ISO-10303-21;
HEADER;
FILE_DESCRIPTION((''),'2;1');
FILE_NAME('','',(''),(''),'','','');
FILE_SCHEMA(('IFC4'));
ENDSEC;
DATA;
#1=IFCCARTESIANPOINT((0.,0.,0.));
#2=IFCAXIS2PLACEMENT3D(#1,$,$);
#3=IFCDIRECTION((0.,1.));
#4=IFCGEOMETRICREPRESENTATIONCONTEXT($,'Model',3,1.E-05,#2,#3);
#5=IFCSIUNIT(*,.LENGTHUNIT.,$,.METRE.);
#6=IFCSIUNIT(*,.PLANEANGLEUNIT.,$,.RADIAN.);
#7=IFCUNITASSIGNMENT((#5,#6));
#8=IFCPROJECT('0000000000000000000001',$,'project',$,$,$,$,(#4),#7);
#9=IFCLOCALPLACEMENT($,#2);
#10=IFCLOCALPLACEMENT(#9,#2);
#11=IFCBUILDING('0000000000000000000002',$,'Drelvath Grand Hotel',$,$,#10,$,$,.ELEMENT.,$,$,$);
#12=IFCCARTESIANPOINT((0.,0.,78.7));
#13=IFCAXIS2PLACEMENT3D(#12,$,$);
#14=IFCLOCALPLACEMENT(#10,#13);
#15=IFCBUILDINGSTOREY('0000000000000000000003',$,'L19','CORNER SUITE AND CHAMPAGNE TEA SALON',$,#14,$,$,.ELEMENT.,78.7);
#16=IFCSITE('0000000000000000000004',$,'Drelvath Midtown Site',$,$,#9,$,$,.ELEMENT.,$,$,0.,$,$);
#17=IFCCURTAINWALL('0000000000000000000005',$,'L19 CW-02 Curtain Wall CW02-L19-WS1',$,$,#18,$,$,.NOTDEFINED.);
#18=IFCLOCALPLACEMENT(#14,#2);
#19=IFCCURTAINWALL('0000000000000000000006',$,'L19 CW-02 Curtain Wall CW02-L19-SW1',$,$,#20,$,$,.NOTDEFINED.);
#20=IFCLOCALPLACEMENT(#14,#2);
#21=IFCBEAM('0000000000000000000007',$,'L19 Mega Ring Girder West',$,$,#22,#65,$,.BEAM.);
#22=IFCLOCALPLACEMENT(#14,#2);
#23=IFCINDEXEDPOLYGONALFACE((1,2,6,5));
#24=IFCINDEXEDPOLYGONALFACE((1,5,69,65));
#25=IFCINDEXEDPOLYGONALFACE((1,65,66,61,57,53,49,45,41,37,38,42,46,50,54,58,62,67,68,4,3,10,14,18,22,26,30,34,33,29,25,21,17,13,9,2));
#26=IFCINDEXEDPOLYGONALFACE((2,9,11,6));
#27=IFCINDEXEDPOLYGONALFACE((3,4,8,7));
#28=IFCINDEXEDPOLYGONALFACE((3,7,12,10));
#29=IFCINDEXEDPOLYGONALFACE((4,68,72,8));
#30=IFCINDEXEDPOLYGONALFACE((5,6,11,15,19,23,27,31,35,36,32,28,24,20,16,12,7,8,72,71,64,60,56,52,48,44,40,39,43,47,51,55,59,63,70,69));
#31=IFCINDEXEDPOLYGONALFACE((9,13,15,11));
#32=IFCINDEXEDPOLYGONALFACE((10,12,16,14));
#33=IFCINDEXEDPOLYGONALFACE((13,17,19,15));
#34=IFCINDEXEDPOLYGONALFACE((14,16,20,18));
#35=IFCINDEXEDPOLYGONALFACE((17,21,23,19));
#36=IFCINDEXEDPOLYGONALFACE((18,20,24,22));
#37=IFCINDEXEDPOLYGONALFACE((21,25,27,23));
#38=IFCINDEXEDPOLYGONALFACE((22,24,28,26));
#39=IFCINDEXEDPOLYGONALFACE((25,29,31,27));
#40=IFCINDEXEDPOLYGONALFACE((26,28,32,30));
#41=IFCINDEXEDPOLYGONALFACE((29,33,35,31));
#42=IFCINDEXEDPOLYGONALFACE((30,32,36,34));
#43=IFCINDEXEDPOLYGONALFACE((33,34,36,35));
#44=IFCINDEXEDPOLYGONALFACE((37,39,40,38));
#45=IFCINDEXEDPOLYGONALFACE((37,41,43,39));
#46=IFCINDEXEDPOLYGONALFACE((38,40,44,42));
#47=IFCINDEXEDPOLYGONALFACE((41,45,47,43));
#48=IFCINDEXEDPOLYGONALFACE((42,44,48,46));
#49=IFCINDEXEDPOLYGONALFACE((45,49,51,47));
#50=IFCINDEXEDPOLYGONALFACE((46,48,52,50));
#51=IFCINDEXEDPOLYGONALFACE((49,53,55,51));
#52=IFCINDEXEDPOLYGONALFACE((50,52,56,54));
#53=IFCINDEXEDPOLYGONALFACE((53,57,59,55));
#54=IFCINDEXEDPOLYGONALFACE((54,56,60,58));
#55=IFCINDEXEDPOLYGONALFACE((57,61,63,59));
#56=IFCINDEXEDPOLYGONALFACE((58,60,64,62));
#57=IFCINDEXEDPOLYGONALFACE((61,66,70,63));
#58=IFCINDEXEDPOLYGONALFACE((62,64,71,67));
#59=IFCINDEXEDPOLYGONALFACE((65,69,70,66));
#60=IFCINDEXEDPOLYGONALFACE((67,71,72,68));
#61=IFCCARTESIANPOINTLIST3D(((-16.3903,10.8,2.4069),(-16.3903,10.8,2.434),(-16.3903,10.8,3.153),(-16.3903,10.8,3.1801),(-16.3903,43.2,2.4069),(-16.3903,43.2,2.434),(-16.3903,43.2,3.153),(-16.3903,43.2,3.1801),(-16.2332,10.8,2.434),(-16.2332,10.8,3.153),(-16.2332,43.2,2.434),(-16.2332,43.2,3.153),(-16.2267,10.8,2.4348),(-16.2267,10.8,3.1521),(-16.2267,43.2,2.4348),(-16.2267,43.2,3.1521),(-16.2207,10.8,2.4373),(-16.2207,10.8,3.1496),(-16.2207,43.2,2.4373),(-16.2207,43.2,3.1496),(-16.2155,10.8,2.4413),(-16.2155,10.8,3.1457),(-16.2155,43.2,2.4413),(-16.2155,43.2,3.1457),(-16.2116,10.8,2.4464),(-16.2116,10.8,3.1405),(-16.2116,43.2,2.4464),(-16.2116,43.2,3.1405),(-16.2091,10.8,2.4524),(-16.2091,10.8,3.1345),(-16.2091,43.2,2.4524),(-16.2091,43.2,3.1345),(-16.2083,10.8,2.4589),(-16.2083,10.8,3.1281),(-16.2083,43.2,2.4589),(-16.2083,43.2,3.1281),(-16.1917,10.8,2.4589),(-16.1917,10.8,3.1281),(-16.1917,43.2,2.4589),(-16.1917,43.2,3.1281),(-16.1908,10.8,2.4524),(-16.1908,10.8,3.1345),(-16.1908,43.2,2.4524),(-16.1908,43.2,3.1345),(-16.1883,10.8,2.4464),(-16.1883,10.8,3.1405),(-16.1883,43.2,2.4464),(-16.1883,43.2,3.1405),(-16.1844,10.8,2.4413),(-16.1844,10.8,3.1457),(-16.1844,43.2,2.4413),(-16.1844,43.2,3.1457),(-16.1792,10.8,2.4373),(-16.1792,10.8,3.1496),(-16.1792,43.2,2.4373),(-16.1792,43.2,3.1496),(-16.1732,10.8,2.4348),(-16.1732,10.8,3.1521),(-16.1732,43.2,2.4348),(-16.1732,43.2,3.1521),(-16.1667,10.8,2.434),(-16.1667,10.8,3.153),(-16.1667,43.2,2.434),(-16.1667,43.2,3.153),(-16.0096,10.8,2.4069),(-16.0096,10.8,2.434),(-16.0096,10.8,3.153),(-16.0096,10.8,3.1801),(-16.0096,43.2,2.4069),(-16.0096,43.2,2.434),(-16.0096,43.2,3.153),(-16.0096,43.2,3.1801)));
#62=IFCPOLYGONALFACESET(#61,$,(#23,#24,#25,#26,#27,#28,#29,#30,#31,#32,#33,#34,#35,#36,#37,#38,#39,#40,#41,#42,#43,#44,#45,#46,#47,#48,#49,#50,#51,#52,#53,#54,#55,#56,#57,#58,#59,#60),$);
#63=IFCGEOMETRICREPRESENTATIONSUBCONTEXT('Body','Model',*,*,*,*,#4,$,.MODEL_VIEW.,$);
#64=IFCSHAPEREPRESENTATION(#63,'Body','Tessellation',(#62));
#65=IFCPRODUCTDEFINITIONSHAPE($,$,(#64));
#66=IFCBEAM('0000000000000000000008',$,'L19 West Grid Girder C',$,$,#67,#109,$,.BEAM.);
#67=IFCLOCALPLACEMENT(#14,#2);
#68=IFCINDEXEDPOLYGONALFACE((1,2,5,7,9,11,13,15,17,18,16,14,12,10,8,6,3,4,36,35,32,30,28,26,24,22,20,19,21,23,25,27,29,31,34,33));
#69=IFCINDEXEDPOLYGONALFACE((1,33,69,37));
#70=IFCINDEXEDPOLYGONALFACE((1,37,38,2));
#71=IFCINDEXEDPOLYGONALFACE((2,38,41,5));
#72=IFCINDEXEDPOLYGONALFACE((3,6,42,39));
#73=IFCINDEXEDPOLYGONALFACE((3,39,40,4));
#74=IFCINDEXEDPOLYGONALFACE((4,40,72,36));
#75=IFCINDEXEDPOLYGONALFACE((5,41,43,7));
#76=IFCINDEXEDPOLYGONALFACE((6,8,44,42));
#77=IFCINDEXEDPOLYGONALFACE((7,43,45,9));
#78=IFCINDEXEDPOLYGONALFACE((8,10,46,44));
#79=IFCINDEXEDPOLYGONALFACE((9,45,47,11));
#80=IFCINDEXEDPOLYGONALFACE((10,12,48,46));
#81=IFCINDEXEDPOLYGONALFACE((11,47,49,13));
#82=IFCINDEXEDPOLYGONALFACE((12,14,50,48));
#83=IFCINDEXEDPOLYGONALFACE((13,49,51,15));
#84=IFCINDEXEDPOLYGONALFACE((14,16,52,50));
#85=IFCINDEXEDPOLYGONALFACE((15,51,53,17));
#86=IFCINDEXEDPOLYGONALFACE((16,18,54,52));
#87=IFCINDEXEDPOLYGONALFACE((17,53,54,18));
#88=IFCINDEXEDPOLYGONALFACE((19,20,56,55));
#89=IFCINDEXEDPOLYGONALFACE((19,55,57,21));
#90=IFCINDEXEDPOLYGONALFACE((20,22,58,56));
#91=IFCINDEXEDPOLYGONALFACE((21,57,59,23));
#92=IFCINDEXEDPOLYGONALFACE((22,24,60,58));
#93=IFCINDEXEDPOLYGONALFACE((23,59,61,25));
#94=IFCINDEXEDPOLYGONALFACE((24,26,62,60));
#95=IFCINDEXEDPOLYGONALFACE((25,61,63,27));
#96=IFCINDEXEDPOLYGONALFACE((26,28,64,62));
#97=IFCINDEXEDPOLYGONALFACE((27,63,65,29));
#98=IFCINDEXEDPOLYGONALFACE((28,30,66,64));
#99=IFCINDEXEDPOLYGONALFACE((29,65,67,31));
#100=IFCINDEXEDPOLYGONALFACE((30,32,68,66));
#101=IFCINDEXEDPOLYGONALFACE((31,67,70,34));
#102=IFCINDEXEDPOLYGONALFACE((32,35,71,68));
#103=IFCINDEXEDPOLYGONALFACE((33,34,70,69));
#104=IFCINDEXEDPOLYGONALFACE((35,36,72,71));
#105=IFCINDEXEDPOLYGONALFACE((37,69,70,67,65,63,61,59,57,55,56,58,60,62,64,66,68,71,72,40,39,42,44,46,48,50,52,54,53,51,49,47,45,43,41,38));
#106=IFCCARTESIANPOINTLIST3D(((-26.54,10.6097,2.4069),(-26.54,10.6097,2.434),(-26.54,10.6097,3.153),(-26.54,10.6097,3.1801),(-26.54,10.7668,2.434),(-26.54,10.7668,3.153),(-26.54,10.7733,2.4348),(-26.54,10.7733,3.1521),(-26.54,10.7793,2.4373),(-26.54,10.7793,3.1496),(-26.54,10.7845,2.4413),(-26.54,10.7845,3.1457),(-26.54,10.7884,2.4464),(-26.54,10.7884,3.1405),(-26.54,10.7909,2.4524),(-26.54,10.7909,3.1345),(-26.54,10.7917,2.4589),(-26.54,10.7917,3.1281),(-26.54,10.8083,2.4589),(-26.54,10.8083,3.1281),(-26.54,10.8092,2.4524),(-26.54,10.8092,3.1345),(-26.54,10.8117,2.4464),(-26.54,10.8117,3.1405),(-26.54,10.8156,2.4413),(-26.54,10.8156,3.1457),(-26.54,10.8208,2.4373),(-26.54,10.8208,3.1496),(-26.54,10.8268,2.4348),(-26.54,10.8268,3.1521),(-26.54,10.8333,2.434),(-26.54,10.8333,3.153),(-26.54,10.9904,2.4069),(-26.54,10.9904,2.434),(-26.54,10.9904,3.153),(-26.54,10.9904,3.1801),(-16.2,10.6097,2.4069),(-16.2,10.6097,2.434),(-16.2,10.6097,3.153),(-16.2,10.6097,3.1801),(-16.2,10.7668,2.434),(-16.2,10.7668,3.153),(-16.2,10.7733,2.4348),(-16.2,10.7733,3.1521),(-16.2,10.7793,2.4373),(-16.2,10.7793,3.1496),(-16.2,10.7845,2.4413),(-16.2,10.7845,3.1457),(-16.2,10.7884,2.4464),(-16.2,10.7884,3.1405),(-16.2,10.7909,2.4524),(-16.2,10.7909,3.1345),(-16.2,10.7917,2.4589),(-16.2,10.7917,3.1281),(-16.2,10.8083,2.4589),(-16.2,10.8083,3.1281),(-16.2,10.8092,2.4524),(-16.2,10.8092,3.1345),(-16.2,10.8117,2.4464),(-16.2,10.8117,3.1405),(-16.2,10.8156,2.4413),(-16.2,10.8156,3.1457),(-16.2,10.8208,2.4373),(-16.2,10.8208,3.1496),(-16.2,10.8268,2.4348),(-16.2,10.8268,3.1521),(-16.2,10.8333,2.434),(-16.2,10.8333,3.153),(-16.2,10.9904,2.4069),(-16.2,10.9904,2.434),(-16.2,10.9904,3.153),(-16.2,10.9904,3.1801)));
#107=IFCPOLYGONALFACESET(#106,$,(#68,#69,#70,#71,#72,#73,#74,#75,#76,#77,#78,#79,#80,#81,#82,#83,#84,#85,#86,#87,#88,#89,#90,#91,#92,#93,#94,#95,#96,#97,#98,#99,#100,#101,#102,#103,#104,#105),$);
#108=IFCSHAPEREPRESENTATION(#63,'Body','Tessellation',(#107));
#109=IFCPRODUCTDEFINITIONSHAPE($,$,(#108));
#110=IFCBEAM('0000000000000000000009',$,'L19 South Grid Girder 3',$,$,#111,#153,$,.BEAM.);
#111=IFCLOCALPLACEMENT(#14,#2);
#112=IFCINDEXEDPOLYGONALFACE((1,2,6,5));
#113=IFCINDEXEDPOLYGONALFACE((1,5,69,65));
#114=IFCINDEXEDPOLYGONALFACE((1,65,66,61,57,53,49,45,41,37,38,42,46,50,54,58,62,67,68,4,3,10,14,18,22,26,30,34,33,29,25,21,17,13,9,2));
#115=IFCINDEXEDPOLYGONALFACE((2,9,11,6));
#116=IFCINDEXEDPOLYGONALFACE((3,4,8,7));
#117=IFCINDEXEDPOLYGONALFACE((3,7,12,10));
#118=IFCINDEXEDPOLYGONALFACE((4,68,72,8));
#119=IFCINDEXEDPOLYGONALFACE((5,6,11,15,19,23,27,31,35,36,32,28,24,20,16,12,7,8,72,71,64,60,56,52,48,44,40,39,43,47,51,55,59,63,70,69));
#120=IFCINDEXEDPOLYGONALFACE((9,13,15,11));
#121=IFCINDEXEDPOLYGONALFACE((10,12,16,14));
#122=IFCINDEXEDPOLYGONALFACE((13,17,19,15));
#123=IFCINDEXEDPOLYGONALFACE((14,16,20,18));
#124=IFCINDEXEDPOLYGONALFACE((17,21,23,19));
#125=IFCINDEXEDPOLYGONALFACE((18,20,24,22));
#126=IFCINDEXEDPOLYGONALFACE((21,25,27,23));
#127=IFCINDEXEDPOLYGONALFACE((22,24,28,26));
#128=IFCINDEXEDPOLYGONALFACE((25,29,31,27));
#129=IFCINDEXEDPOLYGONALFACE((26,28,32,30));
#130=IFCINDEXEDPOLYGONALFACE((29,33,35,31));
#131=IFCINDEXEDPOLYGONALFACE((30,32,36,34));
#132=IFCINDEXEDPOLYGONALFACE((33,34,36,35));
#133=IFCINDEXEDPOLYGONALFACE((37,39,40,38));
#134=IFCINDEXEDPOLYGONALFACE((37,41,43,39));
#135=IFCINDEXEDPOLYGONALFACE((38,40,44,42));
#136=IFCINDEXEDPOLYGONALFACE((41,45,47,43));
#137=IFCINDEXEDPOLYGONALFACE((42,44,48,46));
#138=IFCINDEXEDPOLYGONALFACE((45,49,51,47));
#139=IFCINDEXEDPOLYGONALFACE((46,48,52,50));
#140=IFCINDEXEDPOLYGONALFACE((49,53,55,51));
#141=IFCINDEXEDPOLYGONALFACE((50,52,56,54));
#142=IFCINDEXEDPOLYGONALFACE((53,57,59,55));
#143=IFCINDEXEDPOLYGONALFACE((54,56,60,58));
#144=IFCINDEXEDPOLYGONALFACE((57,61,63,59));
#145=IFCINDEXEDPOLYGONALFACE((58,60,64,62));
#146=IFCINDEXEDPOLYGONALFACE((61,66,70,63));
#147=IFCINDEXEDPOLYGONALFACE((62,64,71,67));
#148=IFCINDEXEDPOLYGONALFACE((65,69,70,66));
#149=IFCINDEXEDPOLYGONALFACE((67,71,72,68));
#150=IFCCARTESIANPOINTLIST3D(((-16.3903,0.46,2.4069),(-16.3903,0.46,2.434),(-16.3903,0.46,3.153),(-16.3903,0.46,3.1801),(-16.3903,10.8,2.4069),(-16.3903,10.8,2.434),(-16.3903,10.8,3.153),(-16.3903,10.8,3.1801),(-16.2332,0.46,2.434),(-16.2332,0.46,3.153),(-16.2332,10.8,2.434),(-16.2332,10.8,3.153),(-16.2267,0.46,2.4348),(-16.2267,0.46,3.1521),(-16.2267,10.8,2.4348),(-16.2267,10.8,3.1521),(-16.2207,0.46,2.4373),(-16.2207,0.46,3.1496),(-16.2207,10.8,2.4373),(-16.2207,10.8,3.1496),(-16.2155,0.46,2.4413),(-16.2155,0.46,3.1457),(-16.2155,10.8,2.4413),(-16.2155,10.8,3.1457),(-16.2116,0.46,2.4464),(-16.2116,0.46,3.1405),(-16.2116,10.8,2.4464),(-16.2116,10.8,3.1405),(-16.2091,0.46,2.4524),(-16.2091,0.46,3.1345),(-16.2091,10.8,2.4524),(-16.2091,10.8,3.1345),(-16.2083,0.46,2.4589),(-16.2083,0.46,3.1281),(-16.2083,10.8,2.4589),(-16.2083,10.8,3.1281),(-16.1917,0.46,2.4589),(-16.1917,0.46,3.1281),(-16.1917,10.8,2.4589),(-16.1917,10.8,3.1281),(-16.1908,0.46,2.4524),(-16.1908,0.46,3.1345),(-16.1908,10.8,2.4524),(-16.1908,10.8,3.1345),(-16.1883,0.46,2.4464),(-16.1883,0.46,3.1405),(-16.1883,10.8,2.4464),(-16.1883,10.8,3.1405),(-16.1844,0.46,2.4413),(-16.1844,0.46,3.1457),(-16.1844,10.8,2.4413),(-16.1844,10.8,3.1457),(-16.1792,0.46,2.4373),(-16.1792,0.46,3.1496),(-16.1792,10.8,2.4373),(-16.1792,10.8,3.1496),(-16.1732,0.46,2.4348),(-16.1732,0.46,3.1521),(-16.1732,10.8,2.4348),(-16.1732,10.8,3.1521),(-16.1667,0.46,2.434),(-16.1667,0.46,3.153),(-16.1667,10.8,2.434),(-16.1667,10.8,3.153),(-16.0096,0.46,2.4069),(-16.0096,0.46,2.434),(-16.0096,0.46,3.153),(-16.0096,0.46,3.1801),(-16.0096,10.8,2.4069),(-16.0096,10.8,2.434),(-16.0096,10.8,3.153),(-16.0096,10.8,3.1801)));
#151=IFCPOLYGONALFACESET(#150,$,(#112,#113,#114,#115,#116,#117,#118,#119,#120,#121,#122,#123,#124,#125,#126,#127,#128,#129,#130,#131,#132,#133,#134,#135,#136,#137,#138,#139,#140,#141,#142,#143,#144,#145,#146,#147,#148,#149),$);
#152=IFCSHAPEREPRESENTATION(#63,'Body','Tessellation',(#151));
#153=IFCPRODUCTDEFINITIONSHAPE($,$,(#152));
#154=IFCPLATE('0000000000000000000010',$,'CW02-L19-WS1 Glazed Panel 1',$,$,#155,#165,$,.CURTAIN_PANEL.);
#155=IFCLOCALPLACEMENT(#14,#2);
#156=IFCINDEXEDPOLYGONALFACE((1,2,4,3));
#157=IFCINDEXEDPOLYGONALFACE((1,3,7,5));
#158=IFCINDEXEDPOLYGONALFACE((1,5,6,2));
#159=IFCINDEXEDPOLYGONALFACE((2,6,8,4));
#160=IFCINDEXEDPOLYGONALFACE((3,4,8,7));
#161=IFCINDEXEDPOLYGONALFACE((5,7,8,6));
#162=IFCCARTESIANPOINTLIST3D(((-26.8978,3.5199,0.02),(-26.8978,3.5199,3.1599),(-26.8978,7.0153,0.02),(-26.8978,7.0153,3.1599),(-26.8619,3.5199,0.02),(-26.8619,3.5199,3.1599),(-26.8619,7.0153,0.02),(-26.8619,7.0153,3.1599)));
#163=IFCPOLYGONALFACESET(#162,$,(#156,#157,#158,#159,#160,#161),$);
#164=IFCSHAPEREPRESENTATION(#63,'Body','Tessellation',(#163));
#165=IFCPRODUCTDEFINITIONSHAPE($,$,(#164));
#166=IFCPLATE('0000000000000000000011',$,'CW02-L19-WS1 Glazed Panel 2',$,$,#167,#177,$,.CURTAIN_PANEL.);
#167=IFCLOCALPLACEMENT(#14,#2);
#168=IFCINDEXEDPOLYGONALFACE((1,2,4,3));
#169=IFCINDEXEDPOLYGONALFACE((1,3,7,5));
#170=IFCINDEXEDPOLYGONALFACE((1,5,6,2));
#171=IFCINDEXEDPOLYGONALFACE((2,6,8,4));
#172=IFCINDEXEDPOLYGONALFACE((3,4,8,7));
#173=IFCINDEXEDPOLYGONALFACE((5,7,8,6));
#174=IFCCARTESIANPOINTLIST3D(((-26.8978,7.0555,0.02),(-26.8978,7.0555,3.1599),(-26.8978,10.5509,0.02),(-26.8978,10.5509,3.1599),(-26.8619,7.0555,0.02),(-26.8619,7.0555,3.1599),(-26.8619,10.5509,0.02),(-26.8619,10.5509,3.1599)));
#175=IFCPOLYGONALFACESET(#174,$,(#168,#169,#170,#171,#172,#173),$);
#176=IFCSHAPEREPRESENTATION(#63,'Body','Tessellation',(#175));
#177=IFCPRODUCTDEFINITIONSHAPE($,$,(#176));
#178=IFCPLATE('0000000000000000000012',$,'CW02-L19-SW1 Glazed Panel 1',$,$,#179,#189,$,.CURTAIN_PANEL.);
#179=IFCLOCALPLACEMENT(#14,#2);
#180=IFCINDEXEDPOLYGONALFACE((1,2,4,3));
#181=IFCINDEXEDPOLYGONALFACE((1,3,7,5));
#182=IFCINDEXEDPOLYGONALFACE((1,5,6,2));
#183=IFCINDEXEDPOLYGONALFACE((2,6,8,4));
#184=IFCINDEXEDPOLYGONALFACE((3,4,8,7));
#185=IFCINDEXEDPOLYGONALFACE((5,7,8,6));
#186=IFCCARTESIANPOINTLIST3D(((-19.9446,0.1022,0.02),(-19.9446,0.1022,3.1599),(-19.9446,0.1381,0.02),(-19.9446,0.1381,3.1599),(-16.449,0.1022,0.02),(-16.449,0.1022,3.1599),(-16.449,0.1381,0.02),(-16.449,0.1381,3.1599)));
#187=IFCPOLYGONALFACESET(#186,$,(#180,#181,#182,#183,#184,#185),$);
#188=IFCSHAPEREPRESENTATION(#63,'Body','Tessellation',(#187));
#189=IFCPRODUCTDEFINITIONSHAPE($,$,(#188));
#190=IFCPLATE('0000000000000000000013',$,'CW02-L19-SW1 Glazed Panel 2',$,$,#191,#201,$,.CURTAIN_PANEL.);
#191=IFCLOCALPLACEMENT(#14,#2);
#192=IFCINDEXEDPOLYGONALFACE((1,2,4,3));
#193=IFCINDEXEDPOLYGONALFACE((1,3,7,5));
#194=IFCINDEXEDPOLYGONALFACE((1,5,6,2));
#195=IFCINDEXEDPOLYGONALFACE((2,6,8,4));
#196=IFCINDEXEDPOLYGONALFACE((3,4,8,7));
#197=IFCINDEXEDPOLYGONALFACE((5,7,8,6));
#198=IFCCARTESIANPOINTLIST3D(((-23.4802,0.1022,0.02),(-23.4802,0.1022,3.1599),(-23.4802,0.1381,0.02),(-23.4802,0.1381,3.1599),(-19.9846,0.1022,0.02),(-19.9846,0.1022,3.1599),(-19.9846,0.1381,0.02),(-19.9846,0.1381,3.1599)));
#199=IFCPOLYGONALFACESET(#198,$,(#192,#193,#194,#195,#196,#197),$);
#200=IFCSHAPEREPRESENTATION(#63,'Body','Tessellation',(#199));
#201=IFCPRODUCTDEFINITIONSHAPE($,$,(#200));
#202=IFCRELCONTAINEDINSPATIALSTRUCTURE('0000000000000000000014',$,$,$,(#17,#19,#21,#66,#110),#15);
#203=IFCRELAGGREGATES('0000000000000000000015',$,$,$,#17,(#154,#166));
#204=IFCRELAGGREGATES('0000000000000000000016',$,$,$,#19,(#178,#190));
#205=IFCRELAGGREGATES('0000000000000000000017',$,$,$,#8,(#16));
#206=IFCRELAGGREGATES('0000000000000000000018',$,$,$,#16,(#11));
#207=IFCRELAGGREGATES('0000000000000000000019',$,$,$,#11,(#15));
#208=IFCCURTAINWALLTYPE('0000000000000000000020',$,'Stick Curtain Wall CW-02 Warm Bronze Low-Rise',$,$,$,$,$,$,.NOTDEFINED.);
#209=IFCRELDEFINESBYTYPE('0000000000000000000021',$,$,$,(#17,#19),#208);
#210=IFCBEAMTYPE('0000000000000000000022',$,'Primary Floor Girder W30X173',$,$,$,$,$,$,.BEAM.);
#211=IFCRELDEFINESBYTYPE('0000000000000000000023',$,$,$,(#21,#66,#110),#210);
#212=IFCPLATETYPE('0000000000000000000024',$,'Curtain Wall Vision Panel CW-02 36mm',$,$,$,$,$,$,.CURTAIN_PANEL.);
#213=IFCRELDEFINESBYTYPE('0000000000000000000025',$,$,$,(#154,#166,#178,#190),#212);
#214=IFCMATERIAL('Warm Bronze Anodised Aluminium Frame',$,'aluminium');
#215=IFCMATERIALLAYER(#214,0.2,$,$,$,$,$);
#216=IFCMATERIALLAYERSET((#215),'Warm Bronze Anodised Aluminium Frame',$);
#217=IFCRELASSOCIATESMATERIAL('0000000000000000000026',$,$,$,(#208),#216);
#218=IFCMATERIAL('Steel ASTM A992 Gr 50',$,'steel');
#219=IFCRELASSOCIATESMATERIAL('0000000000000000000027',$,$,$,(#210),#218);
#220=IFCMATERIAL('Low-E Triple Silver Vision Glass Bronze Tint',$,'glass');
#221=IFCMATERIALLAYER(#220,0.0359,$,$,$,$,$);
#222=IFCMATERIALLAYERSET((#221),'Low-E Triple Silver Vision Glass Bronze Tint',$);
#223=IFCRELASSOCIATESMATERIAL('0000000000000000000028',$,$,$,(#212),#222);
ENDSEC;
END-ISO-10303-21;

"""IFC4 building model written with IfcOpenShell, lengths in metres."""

from ifc_helpers import new_model, si_unit, direction, frame, origin, origin_2d, place, context, subcontext, project, spatial, rectangle, i_section, extrude, material, layer, layer_set, material_profile, profile_set, type_object, element, aggregate, save


model = new_model("IFC4")

# Units and contexts
model_context = context("Model", 3, precision=1e-05, world=origin(), true_north=direction((0.0, 1.0)))
body_context = subcontext(model_context, "Body", "Model", "MODEL_VIEW")
ifc_project = project(units=[si_unit("LENGTHUNIT", "METRE"), si_unit("PLANEANGLEUNIT", "RADIAN")], contexts=[model_context])

# Site, building, storey
site_placement = place(None, origin())
site = spatial("IfcSite", under=ifc_project, at=site_placement, Name="Drelvath Midtown Site", CompositionType="ELEMENT", RefElevation=0.0)
building_placement = place(site_placement, origin())
building = spatial("IfcBuilding", under=site, at=building_placement, Name="Drelvath Grand Hotel", CompositionType="ELEMENT")
storey_placement = place(building_placement, frame((0.0, 0.0, 78.7)))
storey = spatial("IfcBuildingStorey", under=building, at=storey_placement, Name="L19", Description="CORNER SUITE AND CHAMPAGNE TEA SALON", CompositionType="ELEMENT", Elevation=78.7)

# Curtain walls
ifc_material_1 = material(Name="Warm Bronze Anodised Aluminium Frame", Category="aluminium")
ifc_layer_1 = layer(ifc_material_1, 0.2)
ifc_layer_set_1 = layer_set([ifc_layer_1], Name="Warm Bronze Anodised Aluminium Frame")
curtain_wall_type = type_object("IfcCurtainWallType", Name="Stick Curtain Wall CW-02 Warm Bronze Low-Rise", PredefinedType="NOTDEFINED", material=ifc_layer_set_1)
curtain_wall_1_placement = place(storey_placement, origin())
curtain_wall_1 = element("IfcCurtainWall", 1, at=curtain_wall_1_placement, inside=storey, type_object=curtain_wall_type, Name="L19 CW-02 Curtain Wall CW02-L19-WS1", PredefinedType="NOTDEFINED")
curtain_wall_2_placement = place(storey_placement, origin())
curtain_wall_2 = element("IfcCurtainWall", 2, at=curtain_wall_2_placement, inside=storey, type_object=curtain_wall_type, Name="L19 CW-02 Curtain Wall CW02-L19-SW1", PredefinedType="NOTDEFINED")

# Beams
ifc_material_2 = material(Name="Steel ASTM A992 Gr 50", Category="steel")
ifc_material_profile_1 = material_profile(ifc_material_2, i_section(OverallWidth=0.3806, OverallDepth=0.7732, WebThickness=0.0166, FlangeThickness=0.0271, FilletRadius=0.0249, at=origin_2d()), Name="W30X173")
ifc_profile_set_1 = profile_set([ifc_material_profile_1], Name="Steel ASTM A992 Gr 50")
beam_type_1 = type_object("IfcBeamType", Name="Primary Floor Girder W30X173", PredefinedType="BEAM", material=ifc_profile_set_1)
for number, where, z_axis, x_axis, name in (
    (3, (-16.2, 10.8, 2.7935), (0.0, 1.0, 0.0), (-1.0, 0.0, 0.0), "L19 Mega Ring Girder West"),
):
    element("IfcBeam", number, at=place(storey_placement, frame(where, z_axis=z_axis, x_axis=x_axis)), inside=storey, type_object=beam_type_1, Name=name, PredefinedType="BEAM", context=body_context, shape_type="SweptSolid", body=[
        extrude(i_section(OverallWidth=0.3806, OverallDepth=0.7732, WebThickness=0.0166, FlangeThickness=0.0271, FilletRadius=0.0249, at=origin_2d()), origin(), (0.0, 0.0, 1.0), 32.3999),
    ])
for number, where, z_axis, x_axis, name in (
    (4, (-26.54, 10.8, 2.7935), (1.0, 0.0, 0.0), (0.0, 1.0, 0.0), "L19 West Grid Girder C"),
    (5, (-16.2, 0.46, 2.7935), (0.0, 1.0, 0.0), (-1.0, 0.0, 0.0), "L19 South Grid Girder 3"),
):
    element("IfcBeam", number, at=place(storey_placement, frame(where, z_axis=z_axis, x_axis=x_axis)), inside=storey, type_object=beam_type_1, Name=name, PredefinedType="BEAM", context=body_context, shape_type="SweptSolid", body=[
        extrude(i_section(OverallWidth=0.3806, OverallDepth=0.7732, WebThickness=0.0166, FlangeThickness=0.0271, FilletRadius=0.0249, at=origin_2d()), origin(), (0.0, 0.0, 1.0), 10.3401),
    ])

# Plates
ifc_material_3 = material(Name="Low-E Triple Silver Vision Glass Bronze Tint", Category="glass")
ifc_layer_2 = layer(ifc_material_3, 0.0359)
ifc_layer_set_2 = layer_set([ifc_layer_2], Name="Low-E Triple Silver Vision Glass Bronze Tint")
plate_type = type_object("IfcPlateType", Name="Curtain Wall Vision Panel CW-02 36mm", PredefinedType="CURTAIN_PANEL", material=ifc_layer_set_2)
plate_1_placement = place(storey_placement, frame((-26.8799, 5.2676, 0.02), z_axis=(0.0, 0.0, 1.0), x_axis=(0.0, 1.0, 0.0)))
plate_1 = element("IfcPlate", 6, at=plate_1_placement, type_object=plate_type, Name="CW02-L19-WS1 Glazed Panel 1", PredefinedType="CURTAIN_PANEL", context=body_context, shape_type="SweptSolid", body=[
    extrude(rectangle(XDim=3.4954, YDim=0.0359, at=origin_2d()), origin(), (0.0, 0.0, 1.0), 3.1399),
])
plate_2_placement = place(storey_placement, frame((-26.8799, 8.8032, 0.02), z_axis=(0.0, 0.0, 1.0), x_axis=(0.0, 1.0, 0.0)))
plate_2 = element("IfcPlate", 7, at=plate_2_placement, type_object=plate_type, Name="CW02-L19-WS1 Glazed Panel 2", PredefinedType="CURTAIN_PANEL", context=body_context, shape_type="SweptSolid", body=[
    extrude(rectangle(XDim=3.4954, YDim=0.0359, at=origin_2d()), origin(), (0.0, 0.0, 1.0), 3.1399),
])
aggregate(curtain_wall_1, [plate_1, plate_2])
plate_3_placement = place(storey_placement, frame((-18.1968, 0.1201, 0.02), z_axis=(0.0, 0.0, 1.0), x_axis=(-1.0, 0.0, 0.0)))
plate_3 = element("IfcPlate", 8, at=plate_3_placement, type_object=plate_type, Name="CW02-L19-SW1 Glazed Panel 1", PredefinedType="CURTAIN_PANEL", context=body_context, shape_type="SweptSolid", body=[
    extrude(rectangle(XDim=3.4956, YDim=0.0359, at=origin_2d()), origin(), (0.0, 0.0, 1.0), 3.1399),
])
plate_4_placement = place(storey_placement, frame((-21.7324, 0.1201, 0.02), z_axis=(0.0, 0.0, 1.0), x_axis=(-1.0, 0.0, 0.0)))
plate_4 = element("IfcPlate", 9, at=plate_4_placement, type_object=plate_type, Name="CW02-L19-SW1 Glazed Panel 2", PredefinedType="CURTAIN_PANEL", context=body_context, shape_type="SweptSolid", body=[
    extrude(rectangle(XDim=3.4956, YDim=0.0359, at=origin_2d()), origin(), (0.0, 0.0, 1.0), 3.1399),
])
aggregate(curtain_wall_2, [plate_3, plate_4])

save(model, "model.ifc")
